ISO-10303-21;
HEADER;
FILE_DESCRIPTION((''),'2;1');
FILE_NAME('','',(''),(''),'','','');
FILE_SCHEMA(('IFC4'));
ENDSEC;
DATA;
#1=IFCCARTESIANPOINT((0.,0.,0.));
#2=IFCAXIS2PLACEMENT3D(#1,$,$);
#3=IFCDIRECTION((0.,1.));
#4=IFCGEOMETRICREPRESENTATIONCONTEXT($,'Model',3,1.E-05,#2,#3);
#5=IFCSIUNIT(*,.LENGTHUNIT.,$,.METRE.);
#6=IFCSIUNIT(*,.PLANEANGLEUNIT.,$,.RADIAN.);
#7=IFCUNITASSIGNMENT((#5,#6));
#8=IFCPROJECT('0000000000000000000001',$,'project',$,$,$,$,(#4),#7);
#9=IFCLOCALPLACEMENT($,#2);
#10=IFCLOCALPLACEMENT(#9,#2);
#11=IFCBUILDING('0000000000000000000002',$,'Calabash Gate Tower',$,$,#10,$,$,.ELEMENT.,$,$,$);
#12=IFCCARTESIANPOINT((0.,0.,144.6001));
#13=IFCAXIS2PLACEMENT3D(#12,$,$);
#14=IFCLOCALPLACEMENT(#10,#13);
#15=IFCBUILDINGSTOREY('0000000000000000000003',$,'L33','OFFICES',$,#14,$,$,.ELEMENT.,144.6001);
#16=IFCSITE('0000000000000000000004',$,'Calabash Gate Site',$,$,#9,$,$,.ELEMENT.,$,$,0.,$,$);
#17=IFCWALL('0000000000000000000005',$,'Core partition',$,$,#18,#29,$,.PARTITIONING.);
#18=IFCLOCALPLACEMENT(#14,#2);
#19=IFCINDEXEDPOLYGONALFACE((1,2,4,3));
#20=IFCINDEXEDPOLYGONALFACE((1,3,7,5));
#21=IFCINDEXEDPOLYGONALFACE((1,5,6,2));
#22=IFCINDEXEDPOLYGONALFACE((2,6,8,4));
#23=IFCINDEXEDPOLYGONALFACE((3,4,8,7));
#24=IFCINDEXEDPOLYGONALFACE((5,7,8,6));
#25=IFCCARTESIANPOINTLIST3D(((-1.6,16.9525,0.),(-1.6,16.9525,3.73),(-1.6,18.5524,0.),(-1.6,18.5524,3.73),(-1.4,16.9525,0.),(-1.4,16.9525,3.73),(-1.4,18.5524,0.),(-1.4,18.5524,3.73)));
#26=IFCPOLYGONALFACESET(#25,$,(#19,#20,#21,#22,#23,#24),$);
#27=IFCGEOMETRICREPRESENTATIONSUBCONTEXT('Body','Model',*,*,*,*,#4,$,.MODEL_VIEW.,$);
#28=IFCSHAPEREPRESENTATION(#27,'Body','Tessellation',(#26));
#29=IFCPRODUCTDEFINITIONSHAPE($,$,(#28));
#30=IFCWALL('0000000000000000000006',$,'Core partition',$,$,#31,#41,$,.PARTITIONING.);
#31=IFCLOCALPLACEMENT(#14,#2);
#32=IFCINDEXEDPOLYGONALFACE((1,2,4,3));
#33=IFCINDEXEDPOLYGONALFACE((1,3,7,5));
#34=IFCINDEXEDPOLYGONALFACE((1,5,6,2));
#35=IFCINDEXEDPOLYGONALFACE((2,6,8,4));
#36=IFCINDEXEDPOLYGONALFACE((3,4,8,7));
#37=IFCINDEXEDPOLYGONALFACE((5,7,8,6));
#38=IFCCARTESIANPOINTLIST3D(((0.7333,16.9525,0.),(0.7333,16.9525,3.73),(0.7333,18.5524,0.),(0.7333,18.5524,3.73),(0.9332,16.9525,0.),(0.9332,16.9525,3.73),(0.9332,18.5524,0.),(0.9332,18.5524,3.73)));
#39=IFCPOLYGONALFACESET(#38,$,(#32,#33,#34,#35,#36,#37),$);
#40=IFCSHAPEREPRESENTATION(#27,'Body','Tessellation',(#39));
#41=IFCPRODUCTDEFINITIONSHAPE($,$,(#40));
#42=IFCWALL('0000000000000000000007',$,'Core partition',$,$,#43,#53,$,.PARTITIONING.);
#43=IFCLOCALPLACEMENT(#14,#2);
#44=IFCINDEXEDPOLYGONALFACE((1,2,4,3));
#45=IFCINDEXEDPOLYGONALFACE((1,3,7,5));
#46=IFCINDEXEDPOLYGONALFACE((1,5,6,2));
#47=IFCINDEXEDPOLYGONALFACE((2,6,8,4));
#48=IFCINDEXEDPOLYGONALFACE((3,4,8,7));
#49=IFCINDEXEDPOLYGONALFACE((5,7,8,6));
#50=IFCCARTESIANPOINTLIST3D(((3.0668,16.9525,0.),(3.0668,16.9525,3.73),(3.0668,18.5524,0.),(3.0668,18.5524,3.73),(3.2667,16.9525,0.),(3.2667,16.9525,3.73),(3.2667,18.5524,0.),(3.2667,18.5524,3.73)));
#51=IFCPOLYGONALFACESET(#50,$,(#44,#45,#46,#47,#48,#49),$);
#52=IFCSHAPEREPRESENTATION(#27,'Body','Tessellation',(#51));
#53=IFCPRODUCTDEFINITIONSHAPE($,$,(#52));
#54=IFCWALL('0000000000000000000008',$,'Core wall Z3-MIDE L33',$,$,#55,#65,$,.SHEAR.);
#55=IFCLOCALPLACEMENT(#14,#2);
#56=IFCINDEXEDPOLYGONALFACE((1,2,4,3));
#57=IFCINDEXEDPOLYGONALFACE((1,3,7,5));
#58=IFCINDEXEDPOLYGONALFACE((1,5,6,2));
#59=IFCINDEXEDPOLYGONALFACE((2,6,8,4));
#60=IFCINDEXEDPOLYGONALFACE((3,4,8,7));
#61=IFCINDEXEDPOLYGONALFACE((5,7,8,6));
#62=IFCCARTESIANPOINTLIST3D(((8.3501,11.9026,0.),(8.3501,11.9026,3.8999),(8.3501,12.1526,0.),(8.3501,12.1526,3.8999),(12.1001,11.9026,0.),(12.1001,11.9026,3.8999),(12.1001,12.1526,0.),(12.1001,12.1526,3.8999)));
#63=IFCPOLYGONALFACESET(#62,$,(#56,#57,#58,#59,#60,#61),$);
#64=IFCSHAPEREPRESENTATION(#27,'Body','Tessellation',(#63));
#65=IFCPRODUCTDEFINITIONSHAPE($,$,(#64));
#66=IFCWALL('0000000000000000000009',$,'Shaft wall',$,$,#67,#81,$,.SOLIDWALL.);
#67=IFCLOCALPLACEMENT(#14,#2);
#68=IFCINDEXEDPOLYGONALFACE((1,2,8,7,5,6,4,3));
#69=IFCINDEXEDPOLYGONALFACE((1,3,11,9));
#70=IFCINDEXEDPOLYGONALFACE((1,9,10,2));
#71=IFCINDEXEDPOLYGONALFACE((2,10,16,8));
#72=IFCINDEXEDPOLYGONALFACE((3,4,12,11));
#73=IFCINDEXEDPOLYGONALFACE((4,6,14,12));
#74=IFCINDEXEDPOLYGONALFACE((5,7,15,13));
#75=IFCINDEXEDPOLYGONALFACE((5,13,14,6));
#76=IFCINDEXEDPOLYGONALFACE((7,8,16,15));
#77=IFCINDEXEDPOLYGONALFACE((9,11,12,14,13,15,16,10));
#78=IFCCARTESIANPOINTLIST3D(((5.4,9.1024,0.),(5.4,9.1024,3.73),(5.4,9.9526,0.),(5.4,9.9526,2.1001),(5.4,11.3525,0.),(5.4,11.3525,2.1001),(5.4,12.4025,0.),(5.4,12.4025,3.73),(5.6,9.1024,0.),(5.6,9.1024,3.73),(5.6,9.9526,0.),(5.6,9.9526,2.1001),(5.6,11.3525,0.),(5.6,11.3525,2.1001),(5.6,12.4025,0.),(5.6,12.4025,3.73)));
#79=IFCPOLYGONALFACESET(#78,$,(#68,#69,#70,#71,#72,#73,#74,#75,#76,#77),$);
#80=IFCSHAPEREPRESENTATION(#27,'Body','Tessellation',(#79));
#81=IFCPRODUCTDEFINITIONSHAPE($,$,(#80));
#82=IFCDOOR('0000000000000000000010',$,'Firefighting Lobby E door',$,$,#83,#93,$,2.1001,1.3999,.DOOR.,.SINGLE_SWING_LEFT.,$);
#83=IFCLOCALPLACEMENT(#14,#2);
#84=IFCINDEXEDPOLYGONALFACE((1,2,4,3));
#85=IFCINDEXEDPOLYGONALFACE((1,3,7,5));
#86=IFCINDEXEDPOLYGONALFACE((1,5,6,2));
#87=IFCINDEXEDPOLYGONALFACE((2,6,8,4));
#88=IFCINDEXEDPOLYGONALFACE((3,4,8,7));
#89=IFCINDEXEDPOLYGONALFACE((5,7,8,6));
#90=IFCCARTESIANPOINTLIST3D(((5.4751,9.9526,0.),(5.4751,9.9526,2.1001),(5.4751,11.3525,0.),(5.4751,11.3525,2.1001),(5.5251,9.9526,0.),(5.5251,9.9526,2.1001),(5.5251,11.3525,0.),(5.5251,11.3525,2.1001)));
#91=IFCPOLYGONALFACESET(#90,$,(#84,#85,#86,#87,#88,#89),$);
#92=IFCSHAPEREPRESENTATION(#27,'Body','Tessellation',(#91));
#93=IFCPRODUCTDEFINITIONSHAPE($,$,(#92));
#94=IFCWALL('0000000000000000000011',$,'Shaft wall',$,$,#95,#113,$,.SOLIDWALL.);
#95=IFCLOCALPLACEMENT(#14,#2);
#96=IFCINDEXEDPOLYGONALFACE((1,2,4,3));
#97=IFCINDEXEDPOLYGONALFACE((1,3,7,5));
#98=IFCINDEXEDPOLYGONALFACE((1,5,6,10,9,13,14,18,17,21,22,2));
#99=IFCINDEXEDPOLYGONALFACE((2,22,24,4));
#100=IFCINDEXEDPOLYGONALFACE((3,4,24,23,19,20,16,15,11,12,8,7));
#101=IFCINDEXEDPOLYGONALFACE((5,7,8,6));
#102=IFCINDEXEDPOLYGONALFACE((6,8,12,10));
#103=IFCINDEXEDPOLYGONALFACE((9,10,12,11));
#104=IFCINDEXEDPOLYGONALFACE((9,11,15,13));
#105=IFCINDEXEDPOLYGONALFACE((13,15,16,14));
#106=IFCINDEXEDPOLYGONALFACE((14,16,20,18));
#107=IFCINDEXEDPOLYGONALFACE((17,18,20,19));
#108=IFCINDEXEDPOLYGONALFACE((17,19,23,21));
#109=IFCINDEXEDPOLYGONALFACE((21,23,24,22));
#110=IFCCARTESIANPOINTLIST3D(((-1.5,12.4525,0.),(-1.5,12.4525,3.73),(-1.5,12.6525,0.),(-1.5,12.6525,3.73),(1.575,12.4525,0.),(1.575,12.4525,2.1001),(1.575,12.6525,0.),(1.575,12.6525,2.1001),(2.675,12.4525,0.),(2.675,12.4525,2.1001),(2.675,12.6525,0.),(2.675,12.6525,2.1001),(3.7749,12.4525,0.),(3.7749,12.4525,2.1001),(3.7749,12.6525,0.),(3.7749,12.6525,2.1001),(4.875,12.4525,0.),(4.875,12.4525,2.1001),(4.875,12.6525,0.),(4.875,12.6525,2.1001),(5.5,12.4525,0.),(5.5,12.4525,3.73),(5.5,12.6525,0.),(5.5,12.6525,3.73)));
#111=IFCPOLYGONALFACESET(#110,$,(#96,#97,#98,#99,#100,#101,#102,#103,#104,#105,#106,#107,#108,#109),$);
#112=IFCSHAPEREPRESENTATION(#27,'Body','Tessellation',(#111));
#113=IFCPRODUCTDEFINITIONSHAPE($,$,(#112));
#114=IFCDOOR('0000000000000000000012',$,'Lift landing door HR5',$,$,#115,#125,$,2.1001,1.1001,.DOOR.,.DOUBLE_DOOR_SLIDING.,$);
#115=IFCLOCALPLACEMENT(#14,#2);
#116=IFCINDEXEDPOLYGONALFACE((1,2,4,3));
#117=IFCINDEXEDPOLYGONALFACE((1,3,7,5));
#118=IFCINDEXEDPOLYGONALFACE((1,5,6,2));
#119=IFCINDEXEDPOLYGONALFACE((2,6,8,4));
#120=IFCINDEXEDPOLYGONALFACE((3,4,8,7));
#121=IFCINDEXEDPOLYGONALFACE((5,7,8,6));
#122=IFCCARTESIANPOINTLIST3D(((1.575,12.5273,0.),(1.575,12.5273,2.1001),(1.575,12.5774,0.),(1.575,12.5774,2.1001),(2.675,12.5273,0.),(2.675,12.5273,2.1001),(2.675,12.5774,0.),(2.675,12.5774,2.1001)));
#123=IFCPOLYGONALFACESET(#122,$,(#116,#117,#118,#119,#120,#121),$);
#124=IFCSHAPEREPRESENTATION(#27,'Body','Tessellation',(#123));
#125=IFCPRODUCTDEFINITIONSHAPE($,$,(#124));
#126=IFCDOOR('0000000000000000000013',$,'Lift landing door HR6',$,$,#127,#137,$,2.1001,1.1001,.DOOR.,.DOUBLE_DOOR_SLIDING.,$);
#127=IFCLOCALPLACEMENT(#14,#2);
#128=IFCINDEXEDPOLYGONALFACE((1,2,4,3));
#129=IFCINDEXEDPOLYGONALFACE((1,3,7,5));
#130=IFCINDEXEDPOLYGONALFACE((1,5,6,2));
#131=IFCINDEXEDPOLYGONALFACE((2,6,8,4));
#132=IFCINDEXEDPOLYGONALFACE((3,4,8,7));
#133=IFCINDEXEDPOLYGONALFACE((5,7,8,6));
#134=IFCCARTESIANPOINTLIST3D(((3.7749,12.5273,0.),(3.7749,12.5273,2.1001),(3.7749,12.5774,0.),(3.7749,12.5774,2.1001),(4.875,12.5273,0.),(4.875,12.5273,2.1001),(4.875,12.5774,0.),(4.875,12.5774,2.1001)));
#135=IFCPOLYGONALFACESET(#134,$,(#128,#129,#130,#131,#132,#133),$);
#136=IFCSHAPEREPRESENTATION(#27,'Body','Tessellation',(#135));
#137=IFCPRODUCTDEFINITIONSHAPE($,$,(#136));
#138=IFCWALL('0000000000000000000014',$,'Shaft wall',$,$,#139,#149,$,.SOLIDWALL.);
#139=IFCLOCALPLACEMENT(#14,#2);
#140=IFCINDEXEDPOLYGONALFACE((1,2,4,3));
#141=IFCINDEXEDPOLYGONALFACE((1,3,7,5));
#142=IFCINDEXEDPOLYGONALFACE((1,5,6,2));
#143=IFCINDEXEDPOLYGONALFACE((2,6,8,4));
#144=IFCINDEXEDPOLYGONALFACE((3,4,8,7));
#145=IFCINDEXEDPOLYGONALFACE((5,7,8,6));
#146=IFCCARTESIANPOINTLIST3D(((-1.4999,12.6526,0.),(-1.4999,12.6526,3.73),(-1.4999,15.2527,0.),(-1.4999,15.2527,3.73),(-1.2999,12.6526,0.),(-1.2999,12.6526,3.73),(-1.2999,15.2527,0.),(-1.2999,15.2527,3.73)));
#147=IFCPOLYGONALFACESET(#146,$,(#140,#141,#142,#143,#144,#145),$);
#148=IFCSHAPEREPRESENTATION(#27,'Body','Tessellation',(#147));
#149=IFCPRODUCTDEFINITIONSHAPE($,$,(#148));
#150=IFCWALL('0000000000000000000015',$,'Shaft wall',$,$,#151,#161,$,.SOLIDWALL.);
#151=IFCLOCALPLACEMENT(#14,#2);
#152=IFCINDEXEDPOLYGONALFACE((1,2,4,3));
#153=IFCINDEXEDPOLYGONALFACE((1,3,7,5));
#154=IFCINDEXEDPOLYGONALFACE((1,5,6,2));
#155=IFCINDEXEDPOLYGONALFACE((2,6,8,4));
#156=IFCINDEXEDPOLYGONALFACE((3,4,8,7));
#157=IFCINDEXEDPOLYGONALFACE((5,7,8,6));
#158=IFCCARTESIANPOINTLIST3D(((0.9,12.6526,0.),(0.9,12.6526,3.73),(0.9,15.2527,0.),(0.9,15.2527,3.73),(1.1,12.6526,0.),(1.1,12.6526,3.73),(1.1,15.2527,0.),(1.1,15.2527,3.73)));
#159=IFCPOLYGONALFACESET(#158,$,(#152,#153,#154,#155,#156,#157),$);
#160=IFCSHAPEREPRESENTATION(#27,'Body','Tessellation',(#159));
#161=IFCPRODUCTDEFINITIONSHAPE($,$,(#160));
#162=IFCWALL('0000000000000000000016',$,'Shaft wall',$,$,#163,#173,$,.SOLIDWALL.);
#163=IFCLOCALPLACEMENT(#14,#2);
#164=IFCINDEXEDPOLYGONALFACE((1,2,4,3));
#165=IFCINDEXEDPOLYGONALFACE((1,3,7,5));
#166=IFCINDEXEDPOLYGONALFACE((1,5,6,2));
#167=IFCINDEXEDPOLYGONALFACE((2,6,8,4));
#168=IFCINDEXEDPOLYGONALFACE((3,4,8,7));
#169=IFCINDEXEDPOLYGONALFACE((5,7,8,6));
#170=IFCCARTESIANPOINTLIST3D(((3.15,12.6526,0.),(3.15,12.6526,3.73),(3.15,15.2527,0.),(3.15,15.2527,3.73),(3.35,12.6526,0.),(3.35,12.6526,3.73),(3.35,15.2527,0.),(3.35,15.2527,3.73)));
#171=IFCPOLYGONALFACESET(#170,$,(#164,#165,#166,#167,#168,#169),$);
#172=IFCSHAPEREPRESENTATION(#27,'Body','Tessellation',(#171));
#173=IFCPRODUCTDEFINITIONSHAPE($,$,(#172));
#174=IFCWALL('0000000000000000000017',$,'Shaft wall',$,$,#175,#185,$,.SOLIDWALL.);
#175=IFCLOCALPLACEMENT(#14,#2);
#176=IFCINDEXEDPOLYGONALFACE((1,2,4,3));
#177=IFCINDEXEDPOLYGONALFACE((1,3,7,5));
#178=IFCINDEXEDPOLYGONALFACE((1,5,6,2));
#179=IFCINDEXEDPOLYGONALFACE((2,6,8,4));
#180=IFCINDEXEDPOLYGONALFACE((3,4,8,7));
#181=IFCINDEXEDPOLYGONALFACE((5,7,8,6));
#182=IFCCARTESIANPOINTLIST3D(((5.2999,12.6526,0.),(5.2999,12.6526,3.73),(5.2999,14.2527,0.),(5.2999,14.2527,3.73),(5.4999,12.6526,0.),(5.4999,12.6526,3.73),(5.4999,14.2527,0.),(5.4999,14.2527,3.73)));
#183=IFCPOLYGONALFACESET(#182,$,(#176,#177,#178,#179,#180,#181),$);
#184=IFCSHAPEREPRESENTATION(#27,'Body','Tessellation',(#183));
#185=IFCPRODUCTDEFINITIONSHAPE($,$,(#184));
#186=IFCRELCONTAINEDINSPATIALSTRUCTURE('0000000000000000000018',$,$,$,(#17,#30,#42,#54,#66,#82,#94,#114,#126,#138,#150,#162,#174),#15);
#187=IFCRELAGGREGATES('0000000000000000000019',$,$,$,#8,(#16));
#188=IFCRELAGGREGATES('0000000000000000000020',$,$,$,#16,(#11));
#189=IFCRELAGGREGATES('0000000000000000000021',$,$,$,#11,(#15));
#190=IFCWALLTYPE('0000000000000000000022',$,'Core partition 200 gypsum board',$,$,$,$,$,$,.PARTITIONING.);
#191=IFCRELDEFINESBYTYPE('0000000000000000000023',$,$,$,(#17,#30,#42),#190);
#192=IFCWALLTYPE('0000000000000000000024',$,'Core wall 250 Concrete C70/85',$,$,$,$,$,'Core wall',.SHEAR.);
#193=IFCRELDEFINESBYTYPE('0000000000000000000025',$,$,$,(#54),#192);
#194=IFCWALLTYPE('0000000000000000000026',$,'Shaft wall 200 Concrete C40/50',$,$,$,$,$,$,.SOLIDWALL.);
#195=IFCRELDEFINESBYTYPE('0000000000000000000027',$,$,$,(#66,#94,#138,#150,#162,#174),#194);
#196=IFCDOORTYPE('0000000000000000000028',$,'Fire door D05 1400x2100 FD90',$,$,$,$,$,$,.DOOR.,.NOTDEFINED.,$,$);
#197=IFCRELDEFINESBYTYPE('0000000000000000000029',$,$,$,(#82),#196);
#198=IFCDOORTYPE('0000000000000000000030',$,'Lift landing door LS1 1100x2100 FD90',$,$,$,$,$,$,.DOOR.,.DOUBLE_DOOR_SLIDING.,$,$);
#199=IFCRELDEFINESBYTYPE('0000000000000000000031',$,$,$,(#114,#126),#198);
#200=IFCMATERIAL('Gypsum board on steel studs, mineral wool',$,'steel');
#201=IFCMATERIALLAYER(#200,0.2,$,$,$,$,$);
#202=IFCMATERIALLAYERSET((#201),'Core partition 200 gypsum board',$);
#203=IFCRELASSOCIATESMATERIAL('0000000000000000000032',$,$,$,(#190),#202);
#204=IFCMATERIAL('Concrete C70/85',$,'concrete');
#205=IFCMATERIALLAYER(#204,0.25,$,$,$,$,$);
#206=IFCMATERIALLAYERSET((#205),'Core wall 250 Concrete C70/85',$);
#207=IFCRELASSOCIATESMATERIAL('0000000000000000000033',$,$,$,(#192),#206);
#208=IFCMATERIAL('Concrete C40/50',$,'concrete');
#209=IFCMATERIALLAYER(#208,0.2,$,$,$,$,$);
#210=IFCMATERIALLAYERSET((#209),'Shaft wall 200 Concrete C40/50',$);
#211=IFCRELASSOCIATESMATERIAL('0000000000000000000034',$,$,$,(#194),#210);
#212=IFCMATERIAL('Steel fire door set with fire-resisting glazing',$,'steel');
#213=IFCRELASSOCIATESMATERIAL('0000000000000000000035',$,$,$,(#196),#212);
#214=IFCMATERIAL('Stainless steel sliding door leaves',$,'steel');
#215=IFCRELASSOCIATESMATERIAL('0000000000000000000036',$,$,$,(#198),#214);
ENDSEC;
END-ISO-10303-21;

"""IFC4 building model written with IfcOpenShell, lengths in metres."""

from ifc_helpers import new_model, si_unit, direction, frame, frame_2d, origin, place, context, subcontext, project, spatial, rectangle, extrude, material, layer, layer_set, type_object, element, fill, save


model = new_model("IFC4")

# Units and contexts
model_context = context("Model", 3, precision=1e-05, world=origin(), true_north=direction((0.0, 1.0)))
body_context = subcontext(model_context, "Body", "Model", "MODEL_VIEW")
ifc_project = project(units=[si_unit("LENGTHUNIT", "METRE"), si_unit("PLANEANGLEUNIT", "RADIAN")], contexts=[model_context])

# Site, building, storey
site_placement = place(None, origin())
site = spatial("IfcSite", under=ifc_project, at=site_placement, Name="Calabash Gate Site", CompositionType="ELEMENT", RefElevation=0.0)
building_placement = place(site_placement, origin())
building = spatial("IfcBuilding", under=site, at=building_placement, Name="Calabash Gate Tower", CompositionType="ELEMENT")
storey_placement = place(building_placement, frame((0.0, 0.0, 144.6001)))
storey = spatial("IfcBuildingStorey", under=building, at=storey_placement, Name="L33", Description="OFFICES", CompositionType="ELEMENT", Elevation=144.6001)

# Walls
ifc_material_1 = material(Name="Gypsum board on steel studs, mineral wool", Category="steel")
ifc_layer_1 = layer(ifc_material_1, 0.2)
ifc_layer_set_1 = layer_set([ifc_layer_1], Name="Core partition 200 gypsum board")
wall_type_1 = type_object("IfcWallType", Name="Core partition 200 gypsum board", PredefinedType="PARTITIONING", material=ifc_layer_set_1)
for number, where, z_axis, x_axis, name in (
    (1, (-1.5, 16.9526, 0.0), (0.0, 0.0, 1.0), (0.0, 1.0, 0.0), "Core partition"),
    (2, (0.8333, 16.9526, 0.0), (0.0, 0.0, 1.0), (0.0, 1.0, 0.0), "Core partition"),
    (3, (3.1667, 16.9526, 0.0), (0.0, 0.0, 1.0), (0.0, 1.0, 0.0), "Core partition"),
):
    element("IfcWall", number, at=place(storey_placement, frame(where, z_axis=z_axis, x_axis=x_axis)), inside=storey, type_object=wall_type_1, Name=name, PredefinedType="PARTITIONING", context=body_context, shape_type="SweptSolid", body=[
        extrude(rectangle(XDim=1.5999, YDim=0.2, at=frame_2d((0.7998, 0.0))), origin(), (0.0, 0.0, 1.0), 3.73),
    ])
ifc_material_2 = material(Name="Concrete C70/85", Category="concrete")
ifc_layer_2 = layer(ifc_material_2, 0.25)
ifc_layer_set_2 = layer_set([ifc_layer_2], Name="Core wall 250 Concrete C70/85")
wall_type_2 = type_object("IfcWallType", Name="Core wall 250 Concrete C70/85", ElementType="Core wall", PredefinedType="SHEAR", material=ifc_layer_set_2)
wall_1_placement = place(storey_placement, frame((8.3501, 12.0276, 0.0), z_axis=(0.0, 0.0, 1.0), x_axis=(1.0, 0.0, 0.0)))
element("IfcWall", 4, at=wall_1_placement, inside=storey, type_object=wall_type_2, Name="Core wall Z3-MIDE L33", PredefinedType="SHEAR", context=body_context, shape_type="SweptSolid", body=[
    extrude(rectangle(XDim=3.75, YDim=0.25, at=frame_2d((1.875, 0.0))), origin(), (0.0, 0.0, 1.0), 3.8999),
])

# Wall, opening, door
ifc_material_3 = material(Name="Concrete C40/50", Category="concrete")
ifc_layer_3 = layer(ifc_material_3, 0.2)
ifc_layer_set_3 = layer_set([ifc_layer_3], Name="Shaft wall 200 Concrete C40/50")
wall_type_3 = type_object("IfcWallType", Name="Shaft wall 200 Concrete C40/50", PredefinedType="SOLIDWALL", material=ifc_layer_set_3)
wall_2_placement = place(storey_placement, frame((5.5, 9.1025, 0.0), z_axis=(0.0, 0.0, 1.0), x_axis=(0.0, 1.0, 0.0)))
wall_2 = element("IfcWall", 5, at=wall_2_placement, inside=storey, type_object=wall_type_3, Name="Shaft wall", PredefinedType="SOLIDWALL", context=body_context, shape_type="SweptSolid", body=[
    extrude(rectangle(XDim=3.3, YDim=0.2, at=frame_2d((1.6499, 0.0))), origin(), (0.0, 0.0, 1.0), 3.73),
])
opening_1_placement = place(wall_2_placement, frame((0.8501, 0.0, 0.0)))
opening_1 = element("IfcOpeningElement", 6, at=opening_1_placement, cuts=wall_2, PredefinedType="OPENING", context=body_context, shape_type="SweptSolid", body=[
    extrude(rectangle(XDim=1.3999, YDim=2.1001, at=frame_2d((0.7, 1.05))), frame((0.0, 0.1099, 0.0), z_axis=(0.0, -1.0, 0.0), x_axis=(1.0, 0.0, 0.0)), (0.0, 0.0, 1.0), 0.22),
])
ifc_material_4 = material(Name="Steel fire door set with fire-resisting glazing", Category="steel")
door_type_1 = type_object("IfcDoorType", Name="Fire door D05 1400x2100 FD90", OperationType="NOTDEFINED", PredefinedType="DOOR", material=ifc_material_4)
door_1_placement = place(opening_1_placement, origin())
door_1 = element("IfcDoor", 7, at=door_1_placement, inside=storey, type_object=door_type_1, Name="Firefighting Lobby E door", OperationType="SINGLE_SWING_LEFT", OverallHeight=2.1001, OverallWidth=1.3999, PredefinedType="DOOR", context=body_context, shape_type="SweptSolid", body=[
    extrude(rectangle(XDim=1.3999, YDim=2.1001, at=frame_2d((0.7, 1.05))), frame((0.0, 0.0249, 0.0), z_axis=(0.0, -1.0, 0.0), x_axis=(1.0, 0.0, 0.0)), (0.0, 0.0, 1.0), 0.05),
])
fill(opening_1, door_1)

# Wall, openings, doors
wall_3_placement = place(storey_placement, frame((-1.5, 12.5525, 0.0), z_axis=(0.0, 0.0, 1.0), x_axis=(1.0, 0.0, 0.0)))
wall_3 = element("IfcWall", 8, at=wall_3_placement, inside=storey, type_object=wall_type_3, Name="Shaft wall", PredefinedType="SOLIDWALL", context=body_context, shape_type="SweptSolid", body=[
    extrude(rectangle(XDim=7.0, YDim=0.2, at=frame_2d((3.5, 0.0))), origin(), (0.0, 0.0, 1.0), 3.73),
])
opening_2_placement = place(wall_3_placement, frame((3.075, 0.0, 0.0)))
opening_2 = element("IfcOpeningElement", 9, at=opening_2_placement, cuts=wall_3, PredefinedType="OPENING", context=body_context, shape_type="SweptSolid", body=[
    extrude(rectangle(XDim=1.1001, YDim=2.1001, at=frame_2d((0.55, 1.05))), frame((0.0, 0.1099, 0.0), z_axis=(0.0, -1.0, 0.0), x_axis=(1.0, 0.0, 0.0)), (0.0, 0.0, 1.0), 0.22),
])
opening_3_placement = place(wall_3_placement, frame((5.2749, 0.0, 0.0)))
opening_3 = element("IfcOpeningElement", 10, at=opening_3_placement, cuts=wall_3, PredefinedType="OPENING", context=body_context, shape_type="SweptSolid", body=[
    extrude(rectangle(XDim=1.1001, YDim=2.1001, at=frame_2d((0.55, 1.05))), frame((0.0, 0.1099, 0.0), z_axis=(0.0, -1.0, 0.0), x_axis=(1.0, 0.0, 0.0)), (0.0, 0.0, 1.0), 0.22),
])
ifc_material_5 = material(Name="Stainless steel sliding door leaves", Category="steel")
door_type_2 = type_object("IfcDoorType", Name="Lift landing door LS1 1100x2100 FD90", OperationType="DOUBLE_DOOR_SLIDING", PredefinedType="DOOR", material=ifc_material_5)
door_2_placement = place(opening_2_placement, origin())
door_2 = element("IfcDoor", 11, at=door_2_placement, inside=storey, type_object=door_type_2, Name="Lift landing door HR5", OperationType="DOUBLE_DOOR_SLIDING", OverallHeight=2.1001, OverallWidth=1.1001, PredefinedType="DOOR", context=body_context, shape_type="SweptSolid", body=[
    extrude(rectangle(XDim=1.1001, YDim=2.1001, at=frame_2d((0.55, 1.05))), frame((0.0, 0.0249, 0.0), z_axis=(0.0, -1.0, 0.0), x_axis=(1.0, 0.0, 0.0)), (0.0, 0.0, 1.0), 0.05),
])
fill(opening_2, door_2)
door_3_placement = place(opening_3_placement, origin())
door_3 = element("IfcDoor", 12, at=door_3_placement, inside=storey, type_object=door_type_2, Name="Lift landing door HR6", OperationType="DOUBLE_DOOR_SLIDING", OverallHeight=2.1001, OverallWidth=1.1001, PredefinedType="DOOR", context=body_context, shape_type="SweptSolid", body=[
    extrude(rectangle(XDim=1.1001, YDim=2.1001, at=frame_2d((0.55, 1.05))), frame((0.0, 0.0249, 0.0), z_axis=(0.0, -1.0, 0.0), x_axis=(1.0, 0.0, 0.0)), (0.0, 0.0, 1.0), 0.05),
])
fill(opening_3, door_3)

# Walls
for number, where, z_axis, x_axis, name in (
    (13, (-1.3999, 12.6526, 0.0), (0.0, 0.0, 1.0), (0.0, 1.0, 0.0), "Shaft wall"),
    (14, (1.0, 12.6526, 0.0), (0.0, 0.0, 1.0), (0.0, 1.0, 0.0), "Shaft wall"),
    (15, (3.25, 12.6526, 0.0), (0.0, 0.0, 1.0), (0.0, 1.0, 0.0), "Shaft wall"),
):
    element("IfcWall", number, at=place(storey_placement, frame(where, z_axis=z_axis, x_axis=x_axis)), inside=storey, type_object=wall_type_3, Name=name, PredefinedType="SOLIDWALL", context=body_context, shape_type="SweptSolid", body=[
        extrude(rectangle(XDim=2.6001, YDim=0.2, at=frame_2d((1.3, 0.0))), origin(), (0.0, 0.0, 1.0), 3.73),
    ])
wall_4_placement = place(storey_placement, frame((5.3999, 12.6526, 0.0), z_axis=(0.0, 0.0, 1.0), x_axis=(0.0, 1.0, 0.0)))
element("IfcWall", 16, at=wall_4_placement, inside=storey, type_object=wall_type_3, Name="Shaft wall", PredefinedType="SOLIDWALL", context=body_context, shape_type="SweptSolid", body=[
    extrude(rectangle(XDim=1.6001, YDim=0.2, at=frame_2d((0.8, 0.0))), origin(), (0.0, 0.0, 1.0), 3.73),
])

save(model, "model.ifc")
